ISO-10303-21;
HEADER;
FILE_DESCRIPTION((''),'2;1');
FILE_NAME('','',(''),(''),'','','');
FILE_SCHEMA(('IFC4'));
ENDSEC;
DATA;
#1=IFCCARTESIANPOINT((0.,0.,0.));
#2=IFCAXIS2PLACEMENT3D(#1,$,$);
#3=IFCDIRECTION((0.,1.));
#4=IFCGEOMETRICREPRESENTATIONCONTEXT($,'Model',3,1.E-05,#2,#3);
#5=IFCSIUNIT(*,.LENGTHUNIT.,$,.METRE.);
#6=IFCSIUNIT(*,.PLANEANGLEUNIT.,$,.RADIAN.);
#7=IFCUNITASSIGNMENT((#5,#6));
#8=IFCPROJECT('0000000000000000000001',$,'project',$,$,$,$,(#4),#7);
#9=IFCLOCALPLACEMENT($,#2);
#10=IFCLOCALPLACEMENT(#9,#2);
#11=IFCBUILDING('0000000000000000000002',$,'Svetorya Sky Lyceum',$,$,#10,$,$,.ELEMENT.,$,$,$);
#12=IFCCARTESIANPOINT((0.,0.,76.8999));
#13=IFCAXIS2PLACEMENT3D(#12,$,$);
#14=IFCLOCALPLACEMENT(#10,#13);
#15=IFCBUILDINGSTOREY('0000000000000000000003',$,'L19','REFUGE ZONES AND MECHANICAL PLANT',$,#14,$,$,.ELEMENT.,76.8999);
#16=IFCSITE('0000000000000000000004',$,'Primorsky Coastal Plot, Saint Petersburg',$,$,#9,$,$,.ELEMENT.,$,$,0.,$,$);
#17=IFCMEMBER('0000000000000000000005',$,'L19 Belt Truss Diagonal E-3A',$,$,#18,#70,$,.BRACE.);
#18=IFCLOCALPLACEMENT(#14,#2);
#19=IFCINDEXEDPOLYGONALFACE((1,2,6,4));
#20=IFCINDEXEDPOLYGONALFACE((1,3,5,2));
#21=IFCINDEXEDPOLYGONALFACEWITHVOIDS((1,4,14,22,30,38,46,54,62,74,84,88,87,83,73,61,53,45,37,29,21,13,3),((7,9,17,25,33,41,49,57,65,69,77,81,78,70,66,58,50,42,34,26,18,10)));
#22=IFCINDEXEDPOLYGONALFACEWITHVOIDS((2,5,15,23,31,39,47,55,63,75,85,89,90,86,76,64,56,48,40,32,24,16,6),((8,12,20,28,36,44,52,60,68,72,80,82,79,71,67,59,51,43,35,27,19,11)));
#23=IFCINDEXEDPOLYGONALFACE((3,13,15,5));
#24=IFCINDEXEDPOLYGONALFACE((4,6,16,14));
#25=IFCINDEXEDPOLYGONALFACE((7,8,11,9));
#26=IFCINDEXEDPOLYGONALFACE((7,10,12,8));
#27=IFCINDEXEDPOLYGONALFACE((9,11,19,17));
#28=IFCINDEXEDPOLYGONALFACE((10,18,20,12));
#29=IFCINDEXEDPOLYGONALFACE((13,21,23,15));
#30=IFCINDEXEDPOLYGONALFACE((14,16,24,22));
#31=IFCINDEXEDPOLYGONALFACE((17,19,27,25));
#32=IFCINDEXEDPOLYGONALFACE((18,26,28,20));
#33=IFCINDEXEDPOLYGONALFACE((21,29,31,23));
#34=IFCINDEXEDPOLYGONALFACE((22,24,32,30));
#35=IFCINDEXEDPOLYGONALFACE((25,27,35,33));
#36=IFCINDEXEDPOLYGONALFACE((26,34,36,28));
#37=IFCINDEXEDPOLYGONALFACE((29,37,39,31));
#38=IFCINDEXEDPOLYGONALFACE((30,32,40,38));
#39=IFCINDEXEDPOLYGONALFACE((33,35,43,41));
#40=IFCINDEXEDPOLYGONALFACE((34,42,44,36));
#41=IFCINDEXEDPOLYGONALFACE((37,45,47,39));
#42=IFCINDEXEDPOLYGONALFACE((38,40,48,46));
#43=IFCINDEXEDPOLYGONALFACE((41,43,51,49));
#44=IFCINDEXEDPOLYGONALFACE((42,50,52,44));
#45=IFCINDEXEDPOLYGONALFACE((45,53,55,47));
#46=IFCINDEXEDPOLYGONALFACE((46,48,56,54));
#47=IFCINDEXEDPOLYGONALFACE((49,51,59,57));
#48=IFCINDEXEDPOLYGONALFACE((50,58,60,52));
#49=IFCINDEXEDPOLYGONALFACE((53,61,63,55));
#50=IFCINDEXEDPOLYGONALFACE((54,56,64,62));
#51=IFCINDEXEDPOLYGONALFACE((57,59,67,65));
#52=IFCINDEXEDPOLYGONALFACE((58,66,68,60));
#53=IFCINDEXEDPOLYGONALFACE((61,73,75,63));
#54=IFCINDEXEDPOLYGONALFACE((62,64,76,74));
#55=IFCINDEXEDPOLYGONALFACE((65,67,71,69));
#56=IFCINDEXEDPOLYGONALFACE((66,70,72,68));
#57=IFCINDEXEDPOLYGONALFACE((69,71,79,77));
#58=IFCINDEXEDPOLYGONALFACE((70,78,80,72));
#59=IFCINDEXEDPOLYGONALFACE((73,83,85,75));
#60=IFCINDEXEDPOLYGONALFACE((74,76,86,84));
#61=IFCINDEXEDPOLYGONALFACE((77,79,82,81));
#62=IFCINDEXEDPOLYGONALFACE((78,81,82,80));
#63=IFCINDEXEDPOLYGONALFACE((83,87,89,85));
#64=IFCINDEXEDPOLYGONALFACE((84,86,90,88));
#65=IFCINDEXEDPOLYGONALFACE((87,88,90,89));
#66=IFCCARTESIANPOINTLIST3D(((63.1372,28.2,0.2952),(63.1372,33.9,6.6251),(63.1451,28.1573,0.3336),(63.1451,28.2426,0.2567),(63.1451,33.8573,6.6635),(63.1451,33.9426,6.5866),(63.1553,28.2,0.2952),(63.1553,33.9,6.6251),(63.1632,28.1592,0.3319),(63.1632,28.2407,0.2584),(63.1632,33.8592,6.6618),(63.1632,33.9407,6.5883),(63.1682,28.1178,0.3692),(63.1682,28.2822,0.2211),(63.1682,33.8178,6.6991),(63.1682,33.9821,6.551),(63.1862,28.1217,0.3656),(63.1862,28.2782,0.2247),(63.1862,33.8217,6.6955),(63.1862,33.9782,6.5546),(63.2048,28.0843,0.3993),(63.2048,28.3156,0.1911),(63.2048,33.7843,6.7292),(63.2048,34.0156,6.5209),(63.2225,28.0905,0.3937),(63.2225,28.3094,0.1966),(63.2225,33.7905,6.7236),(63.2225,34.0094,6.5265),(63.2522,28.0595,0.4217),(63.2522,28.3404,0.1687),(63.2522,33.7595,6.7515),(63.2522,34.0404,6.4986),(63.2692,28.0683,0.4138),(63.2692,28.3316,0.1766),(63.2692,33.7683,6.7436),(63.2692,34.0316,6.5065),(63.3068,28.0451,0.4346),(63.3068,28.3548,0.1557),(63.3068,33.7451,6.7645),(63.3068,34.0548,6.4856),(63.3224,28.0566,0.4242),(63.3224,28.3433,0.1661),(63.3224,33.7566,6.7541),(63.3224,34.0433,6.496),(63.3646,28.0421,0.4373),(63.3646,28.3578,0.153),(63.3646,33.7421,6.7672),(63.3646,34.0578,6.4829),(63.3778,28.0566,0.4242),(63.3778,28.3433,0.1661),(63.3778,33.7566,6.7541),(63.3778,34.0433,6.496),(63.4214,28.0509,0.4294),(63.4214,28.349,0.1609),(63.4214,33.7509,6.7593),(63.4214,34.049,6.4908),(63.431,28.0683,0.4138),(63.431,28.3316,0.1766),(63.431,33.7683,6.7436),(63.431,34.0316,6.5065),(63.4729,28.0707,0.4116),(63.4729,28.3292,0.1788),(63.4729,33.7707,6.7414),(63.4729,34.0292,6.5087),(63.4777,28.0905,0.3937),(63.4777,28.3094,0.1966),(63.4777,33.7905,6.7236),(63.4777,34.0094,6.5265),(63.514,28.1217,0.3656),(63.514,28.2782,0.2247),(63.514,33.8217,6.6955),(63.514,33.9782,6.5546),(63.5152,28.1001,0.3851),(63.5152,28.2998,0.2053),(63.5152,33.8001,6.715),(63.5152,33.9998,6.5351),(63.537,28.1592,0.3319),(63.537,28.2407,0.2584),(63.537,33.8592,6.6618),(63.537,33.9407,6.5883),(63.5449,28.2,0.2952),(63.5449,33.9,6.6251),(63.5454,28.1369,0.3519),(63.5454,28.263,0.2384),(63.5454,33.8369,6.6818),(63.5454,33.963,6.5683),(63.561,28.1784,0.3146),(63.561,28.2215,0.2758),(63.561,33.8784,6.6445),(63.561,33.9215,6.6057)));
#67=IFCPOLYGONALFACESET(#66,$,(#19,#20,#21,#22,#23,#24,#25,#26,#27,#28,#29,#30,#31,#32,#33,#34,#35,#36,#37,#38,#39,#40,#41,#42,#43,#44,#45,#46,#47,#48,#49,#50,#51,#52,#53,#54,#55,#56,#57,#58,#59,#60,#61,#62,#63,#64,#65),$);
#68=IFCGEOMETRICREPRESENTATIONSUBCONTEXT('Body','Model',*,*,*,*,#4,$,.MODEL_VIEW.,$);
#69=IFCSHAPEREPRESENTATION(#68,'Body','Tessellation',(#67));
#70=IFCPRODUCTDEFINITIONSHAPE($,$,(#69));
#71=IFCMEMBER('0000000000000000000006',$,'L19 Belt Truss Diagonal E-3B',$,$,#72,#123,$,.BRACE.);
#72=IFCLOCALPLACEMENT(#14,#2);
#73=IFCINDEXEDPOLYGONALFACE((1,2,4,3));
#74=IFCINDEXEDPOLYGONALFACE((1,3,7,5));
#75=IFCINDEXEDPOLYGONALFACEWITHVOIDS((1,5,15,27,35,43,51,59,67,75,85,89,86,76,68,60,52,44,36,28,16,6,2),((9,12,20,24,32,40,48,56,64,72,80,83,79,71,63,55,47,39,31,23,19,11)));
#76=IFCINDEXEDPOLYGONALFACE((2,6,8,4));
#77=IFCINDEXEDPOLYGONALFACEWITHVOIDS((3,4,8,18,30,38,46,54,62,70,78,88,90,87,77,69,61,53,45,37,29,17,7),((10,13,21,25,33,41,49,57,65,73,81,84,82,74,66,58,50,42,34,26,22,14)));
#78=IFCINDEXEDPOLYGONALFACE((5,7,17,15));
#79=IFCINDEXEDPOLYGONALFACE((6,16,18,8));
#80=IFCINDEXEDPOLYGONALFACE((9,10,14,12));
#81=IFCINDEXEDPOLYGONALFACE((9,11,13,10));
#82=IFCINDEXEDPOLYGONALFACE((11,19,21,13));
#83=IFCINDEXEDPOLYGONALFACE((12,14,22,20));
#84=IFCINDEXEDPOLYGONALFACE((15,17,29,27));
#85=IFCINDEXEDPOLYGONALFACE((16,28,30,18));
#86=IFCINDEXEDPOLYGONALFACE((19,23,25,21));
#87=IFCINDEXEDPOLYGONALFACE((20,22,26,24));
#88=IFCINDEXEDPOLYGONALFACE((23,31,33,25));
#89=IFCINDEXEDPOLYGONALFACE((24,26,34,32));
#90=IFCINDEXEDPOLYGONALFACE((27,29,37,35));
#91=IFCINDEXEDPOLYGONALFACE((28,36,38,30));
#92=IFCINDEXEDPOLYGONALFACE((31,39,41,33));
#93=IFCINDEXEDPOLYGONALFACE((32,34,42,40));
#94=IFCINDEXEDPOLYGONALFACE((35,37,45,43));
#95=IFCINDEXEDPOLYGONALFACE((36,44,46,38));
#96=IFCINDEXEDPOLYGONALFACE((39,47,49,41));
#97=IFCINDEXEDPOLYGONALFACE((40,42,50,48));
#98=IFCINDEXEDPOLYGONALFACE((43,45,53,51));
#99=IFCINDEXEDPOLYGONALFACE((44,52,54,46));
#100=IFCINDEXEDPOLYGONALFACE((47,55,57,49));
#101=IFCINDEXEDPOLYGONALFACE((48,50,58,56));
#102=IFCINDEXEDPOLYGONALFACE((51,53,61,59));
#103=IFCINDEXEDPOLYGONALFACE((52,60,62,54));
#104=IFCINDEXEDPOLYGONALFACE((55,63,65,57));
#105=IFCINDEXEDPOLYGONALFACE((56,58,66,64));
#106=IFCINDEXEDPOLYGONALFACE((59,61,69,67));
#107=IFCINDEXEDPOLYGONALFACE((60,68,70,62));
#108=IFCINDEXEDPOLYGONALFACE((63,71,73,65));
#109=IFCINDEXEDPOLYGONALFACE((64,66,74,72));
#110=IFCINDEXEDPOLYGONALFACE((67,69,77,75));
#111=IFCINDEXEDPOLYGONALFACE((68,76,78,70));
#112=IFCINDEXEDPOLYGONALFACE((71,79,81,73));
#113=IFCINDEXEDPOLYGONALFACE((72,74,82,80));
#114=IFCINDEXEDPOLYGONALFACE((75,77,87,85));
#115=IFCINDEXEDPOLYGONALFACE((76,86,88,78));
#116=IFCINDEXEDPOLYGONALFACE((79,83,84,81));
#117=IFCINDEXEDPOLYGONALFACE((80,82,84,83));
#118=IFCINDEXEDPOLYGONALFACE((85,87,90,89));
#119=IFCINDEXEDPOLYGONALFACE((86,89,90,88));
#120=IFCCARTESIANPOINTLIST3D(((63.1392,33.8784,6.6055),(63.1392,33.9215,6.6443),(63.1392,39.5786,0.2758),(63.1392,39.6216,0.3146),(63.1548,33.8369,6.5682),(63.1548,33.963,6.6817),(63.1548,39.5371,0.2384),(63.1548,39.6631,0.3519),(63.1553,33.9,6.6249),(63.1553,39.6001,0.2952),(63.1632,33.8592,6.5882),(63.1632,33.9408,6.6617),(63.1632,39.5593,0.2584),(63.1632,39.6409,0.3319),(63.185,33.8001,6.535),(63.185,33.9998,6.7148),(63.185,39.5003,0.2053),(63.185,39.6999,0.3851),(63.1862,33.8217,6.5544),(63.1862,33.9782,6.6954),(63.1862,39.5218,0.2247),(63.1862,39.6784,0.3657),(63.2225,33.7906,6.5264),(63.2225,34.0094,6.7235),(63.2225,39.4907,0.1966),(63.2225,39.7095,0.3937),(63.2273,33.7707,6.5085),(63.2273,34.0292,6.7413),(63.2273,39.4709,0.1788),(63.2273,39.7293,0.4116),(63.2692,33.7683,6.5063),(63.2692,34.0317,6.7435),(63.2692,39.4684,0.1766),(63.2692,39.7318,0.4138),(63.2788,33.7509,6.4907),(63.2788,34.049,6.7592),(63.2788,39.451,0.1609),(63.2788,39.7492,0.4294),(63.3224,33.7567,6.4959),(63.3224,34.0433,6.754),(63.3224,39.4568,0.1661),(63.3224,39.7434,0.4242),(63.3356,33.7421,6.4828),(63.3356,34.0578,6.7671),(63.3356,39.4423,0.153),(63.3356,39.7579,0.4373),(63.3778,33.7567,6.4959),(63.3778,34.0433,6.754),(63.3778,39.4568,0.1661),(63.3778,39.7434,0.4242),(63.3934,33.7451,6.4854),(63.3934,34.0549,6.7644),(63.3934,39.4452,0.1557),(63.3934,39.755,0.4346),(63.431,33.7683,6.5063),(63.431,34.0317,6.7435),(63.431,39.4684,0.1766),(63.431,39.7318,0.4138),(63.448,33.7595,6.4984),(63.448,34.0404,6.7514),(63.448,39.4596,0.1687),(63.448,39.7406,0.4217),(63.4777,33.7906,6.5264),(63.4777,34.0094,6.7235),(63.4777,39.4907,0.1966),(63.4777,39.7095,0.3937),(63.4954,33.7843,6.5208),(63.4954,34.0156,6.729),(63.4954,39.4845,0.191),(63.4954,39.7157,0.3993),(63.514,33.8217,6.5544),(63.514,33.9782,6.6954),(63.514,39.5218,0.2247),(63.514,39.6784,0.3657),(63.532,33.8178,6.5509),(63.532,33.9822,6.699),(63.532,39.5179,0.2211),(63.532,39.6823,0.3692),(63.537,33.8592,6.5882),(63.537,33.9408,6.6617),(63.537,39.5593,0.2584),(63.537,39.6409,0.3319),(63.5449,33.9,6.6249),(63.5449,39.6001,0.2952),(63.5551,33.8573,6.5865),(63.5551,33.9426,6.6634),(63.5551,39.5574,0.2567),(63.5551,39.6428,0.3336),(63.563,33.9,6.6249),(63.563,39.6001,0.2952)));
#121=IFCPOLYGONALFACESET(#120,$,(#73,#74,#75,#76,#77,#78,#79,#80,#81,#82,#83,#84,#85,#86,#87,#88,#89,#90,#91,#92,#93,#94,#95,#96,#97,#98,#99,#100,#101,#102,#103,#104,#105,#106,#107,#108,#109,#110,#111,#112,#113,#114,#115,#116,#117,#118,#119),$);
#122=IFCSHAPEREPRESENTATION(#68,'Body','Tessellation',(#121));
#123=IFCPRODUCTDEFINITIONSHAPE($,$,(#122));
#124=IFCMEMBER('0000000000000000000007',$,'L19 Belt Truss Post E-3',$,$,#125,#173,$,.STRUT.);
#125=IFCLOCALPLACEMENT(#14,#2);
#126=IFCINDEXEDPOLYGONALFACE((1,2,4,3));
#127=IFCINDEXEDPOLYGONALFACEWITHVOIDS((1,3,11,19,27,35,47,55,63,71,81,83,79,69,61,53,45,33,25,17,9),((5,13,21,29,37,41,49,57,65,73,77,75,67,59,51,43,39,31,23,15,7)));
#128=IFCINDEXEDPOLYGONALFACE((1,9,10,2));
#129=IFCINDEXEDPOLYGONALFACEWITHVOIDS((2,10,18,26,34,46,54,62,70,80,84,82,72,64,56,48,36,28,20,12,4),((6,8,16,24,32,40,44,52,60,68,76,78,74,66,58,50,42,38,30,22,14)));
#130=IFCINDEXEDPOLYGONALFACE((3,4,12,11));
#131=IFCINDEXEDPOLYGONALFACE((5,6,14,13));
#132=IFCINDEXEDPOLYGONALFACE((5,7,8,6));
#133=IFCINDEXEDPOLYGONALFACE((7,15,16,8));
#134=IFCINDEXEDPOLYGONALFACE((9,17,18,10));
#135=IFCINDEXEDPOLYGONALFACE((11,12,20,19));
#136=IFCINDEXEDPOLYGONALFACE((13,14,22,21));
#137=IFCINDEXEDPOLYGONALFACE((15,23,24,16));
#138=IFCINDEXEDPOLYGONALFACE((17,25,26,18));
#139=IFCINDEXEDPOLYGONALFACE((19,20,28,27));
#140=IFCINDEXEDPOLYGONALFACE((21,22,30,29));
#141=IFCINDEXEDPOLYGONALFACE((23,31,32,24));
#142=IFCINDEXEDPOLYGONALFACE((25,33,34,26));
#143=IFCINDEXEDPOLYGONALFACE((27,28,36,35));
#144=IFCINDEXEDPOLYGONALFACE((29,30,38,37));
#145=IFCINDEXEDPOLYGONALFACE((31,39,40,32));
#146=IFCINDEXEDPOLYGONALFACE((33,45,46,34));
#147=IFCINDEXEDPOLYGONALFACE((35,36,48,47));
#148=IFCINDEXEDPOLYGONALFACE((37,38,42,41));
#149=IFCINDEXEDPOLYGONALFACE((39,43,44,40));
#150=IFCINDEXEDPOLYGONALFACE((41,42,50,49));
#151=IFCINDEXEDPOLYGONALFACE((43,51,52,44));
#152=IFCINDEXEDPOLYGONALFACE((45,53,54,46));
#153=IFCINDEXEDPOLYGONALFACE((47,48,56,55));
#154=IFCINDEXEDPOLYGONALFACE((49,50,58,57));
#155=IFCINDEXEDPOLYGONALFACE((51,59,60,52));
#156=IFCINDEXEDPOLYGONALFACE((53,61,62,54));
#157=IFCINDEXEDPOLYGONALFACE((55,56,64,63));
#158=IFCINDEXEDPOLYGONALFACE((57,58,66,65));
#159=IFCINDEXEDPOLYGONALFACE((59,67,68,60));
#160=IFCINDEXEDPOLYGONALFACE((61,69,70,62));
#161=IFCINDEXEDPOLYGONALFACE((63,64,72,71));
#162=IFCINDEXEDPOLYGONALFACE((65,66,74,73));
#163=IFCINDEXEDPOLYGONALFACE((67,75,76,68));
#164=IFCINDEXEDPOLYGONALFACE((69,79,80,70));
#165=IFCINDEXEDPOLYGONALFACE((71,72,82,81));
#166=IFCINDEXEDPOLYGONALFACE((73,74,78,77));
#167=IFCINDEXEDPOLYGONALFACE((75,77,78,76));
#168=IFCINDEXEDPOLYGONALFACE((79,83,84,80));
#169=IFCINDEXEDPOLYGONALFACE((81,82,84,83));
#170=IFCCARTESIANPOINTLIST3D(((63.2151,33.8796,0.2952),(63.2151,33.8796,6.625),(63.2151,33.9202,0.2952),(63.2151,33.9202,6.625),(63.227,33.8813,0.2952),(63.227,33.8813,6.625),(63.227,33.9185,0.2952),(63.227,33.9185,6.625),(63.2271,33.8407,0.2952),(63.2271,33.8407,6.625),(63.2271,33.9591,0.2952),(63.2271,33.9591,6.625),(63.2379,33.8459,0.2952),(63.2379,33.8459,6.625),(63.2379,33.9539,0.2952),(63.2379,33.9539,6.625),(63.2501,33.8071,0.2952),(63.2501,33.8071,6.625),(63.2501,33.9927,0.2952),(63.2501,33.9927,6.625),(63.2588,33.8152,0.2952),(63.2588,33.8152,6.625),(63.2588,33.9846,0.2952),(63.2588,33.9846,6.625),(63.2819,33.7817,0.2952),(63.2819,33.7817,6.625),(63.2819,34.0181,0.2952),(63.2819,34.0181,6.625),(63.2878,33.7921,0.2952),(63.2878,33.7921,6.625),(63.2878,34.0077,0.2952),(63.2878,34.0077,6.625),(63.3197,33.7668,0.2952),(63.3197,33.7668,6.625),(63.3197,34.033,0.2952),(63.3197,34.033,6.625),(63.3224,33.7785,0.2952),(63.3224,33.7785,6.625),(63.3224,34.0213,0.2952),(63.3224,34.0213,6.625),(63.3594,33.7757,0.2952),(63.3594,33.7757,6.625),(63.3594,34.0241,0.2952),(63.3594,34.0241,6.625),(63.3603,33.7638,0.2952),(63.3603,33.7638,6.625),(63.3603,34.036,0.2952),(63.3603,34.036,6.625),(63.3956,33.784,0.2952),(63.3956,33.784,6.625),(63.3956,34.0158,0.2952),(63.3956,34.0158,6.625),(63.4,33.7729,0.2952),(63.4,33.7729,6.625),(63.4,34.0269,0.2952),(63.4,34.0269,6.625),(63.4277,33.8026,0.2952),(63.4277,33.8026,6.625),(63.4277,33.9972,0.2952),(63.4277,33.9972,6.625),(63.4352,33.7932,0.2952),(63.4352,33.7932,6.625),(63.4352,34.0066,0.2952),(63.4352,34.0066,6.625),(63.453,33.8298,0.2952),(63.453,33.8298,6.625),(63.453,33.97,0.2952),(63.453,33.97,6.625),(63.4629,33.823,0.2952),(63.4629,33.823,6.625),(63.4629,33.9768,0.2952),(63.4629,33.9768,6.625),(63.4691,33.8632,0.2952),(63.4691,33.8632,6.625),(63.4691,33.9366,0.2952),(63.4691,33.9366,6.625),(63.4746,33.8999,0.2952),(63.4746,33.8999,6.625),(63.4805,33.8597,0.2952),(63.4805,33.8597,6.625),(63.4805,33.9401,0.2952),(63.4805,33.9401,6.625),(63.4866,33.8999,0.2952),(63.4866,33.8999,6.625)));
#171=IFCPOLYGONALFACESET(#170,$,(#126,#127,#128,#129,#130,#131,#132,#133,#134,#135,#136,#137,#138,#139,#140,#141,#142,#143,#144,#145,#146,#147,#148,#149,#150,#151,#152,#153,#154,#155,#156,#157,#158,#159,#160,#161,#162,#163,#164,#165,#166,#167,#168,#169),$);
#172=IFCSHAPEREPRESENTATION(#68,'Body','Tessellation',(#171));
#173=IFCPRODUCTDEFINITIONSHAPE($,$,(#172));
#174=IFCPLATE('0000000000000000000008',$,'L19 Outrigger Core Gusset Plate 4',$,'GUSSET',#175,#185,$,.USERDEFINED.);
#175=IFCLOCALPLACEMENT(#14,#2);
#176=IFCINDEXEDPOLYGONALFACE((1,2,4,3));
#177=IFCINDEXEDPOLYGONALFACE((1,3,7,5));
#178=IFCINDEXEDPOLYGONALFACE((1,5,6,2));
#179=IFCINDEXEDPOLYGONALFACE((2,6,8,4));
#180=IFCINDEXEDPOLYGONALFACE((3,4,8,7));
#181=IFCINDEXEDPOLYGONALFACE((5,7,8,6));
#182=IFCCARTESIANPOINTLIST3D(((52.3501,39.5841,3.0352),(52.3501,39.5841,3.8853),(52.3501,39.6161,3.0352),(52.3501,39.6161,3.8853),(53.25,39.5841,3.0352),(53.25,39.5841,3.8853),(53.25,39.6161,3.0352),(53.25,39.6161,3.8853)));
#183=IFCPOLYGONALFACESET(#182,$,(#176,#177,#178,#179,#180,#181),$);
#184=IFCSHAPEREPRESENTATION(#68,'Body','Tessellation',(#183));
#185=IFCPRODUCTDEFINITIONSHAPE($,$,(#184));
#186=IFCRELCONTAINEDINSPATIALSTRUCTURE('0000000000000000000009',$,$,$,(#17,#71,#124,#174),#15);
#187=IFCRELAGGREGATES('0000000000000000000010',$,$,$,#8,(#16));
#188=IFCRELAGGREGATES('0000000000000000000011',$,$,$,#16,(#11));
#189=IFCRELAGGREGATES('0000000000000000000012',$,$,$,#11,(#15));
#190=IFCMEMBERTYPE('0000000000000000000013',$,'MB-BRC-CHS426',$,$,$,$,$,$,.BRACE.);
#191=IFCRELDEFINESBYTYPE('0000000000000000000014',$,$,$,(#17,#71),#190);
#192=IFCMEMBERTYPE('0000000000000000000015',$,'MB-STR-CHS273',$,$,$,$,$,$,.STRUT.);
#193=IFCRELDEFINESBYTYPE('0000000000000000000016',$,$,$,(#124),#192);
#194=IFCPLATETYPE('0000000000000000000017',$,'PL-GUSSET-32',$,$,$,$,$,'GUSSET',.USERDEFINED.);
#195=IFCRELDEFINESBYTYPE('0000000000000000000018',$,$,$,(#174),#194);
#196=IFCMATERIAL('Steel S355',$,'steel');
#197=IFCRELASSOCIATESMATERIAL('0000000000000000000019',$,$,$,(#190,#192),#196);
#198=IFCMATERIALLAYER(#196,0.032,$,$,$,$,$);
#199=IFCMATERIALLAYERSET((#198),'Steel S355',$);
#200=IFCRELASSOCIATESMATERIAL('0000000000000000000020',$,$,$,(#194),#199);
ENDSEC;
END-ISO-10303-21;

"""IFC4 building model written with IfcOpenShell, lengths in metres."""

from ifc_helpers import new_model, si_unit, direction, frame, origin, origin_2d, place, context, subcontext, project, spatial, rectangle, hollow_circle, extrude, material, layer, layer_set, material_profile, profile_set, type_object, element, save


model = new_model("IFC4")

# Units and contexts
model_context = context("Model", 3, precision=1e-05, world=origin(), true_north=direction((0.0, 1.0)))
body_context = subcontext(model_context, "Body", "Model", "MODEL_VIEW")
ifc_project = project(units=[si_unit("LENGTHUNIT", "METRE"), si_unit("PLANEANGLEUNIT", "RADIAN")], contexts=[model_context])

# Site, building, storey
site_placement = place(None, origin())
site = spatial("IfcSite", under=ifc_project, at=site_placement, Name="Primorsky Coastal Plot, Saint Petersburg", CompositionType="ELEMENT", RefElevation=0.0)
building_placement = place(site_placement, origin())
building = spatial("IfcBuilding", under=site, at=building_placement, Name="Svetorya Sky Lyceum", CompositionType="ELEMENT")
storey_placement = place(building_placement, frame((0.0, 0.0, 76.8999)))
storey = spatial("IfcBuildingStorey", under=building, at=storey_placement, Name="L19", Description="REFUGE ZONES AND MECHANICAL PLANT", CompositionType="ELEMENT", Elevation=76.8999)

# Shared definitions
ifc_material_1 = material(Name="Steel S355", Category="steel")

# Members
ifc_material_profile_1 = material_profile(ifc_material_1, hollow_circle(Radius=0.2129, WallThickness=0.0181, at=origin_2d()), Name="CHS 426x18")
ifc_profile_set_1 = profile_set([ifc_material_profile_1], Name="Steel S355")
member_type_1 = type_object("IfcMemberType", Name="MB-BRC-CHS426", PredefinedType="BRACE", material=ifc_profile_set_1)
for number, where, z_axis, x_axis, name in (
    (1, (63.3501, 28.2, 0.2952), (0.0, 0.669166, 0.743113), (-1.0, 0.0, 0.0), "L19 Belt Truss Diagonal E-3A"),
    (2, (63.3501, 39.6001, 0.2952), (0.0, -0.669182, 0.743099), (1.0, 0.0, 0.0), "L19 Belt Truss Diagonal E-3B"),
):
    element("IfcMember", number, at=place(storey_placement, frame(where, z_axis=z_axis, x_axis=x_axis)), inside=storey, type_object=member_type_1, Name=name, PredefinedType="BRACE", context=body_context, shape_type="SweptSolid", body=[
        extrude(hollow_circle(Radius=0.2129, WallThickness=0.0181, at=origin_2d()), origin(), (0.0, 0.0, 1.0), 8.5181),
    ])
ifc_material_profile_2 = material_profile(ifc_material_1, hollow_circle(Radius=0.1365, WallThickness=0.012, at=origin_2d()), Name="CHS 273x12")
ifc_profile_set_2 = profile_set([ifc_material_profile_2], Name="Steel S355")
member_type_2 = type_object("IfcMemberType", Name="MB-STR-CHS273", PredefinedType="STRUT", material=ifc_profile_set_2)
member_placement = place(storey_placement, frame((63.3501, 33.8999, 0.2952), z_axis=(0.0, 0.0, 1.0), x_axis=(1.0, 0.0, 0.0)))
element("IfcMember", 3, at=member_placement, inside=storey, type_object=member_type_2, Name="L19 Belt Truss Post E-3", PredefinedType="STRUT", context=body_context, shape_type="SweptSolid", body=[
    extrude(hollow_circle(Radius=0.1365, WallThickness=0.012, at=origin_2d()), origin(), (0.0, 0.0, 1.0), 6.3298),
])

# Plate
ifc_layer_1 = layer(ifc_material_1, 0.032)
ifc_layer_set_1 = layer_set([ifc_layer_1], Name="Steel S355")
plate_type = type_object("IfcPlateType", Name="PL-GUSSET-32", ElementType="GUSSET", PredefinedType="USERDEFINED", material=ifc_layer_set_1)
plate_placement = place(storey_placement, frame((52.8, 39.6001, 3.0352), z_axis=(0.0, 0.0, 1.0), x_axis=(1.0, 0.0, 0.0)))
element("IfcPlate", 4, at=plate_placement, inside=storey, type_object=plate_type, Name="L19 Outrigger Core Gusset Plate 4", ObjectType="GUSSET", PredefinedType="USERDEFINED", context=body_context, shape_type="SweptSolid", body=[
    extrude(rectangle(XDim=0.8999, YDim=0.032, at=origin_2d()), origin(), (0.0, 0.0, 1.0), 0.8501),
])

save(model, "model.ifc")
